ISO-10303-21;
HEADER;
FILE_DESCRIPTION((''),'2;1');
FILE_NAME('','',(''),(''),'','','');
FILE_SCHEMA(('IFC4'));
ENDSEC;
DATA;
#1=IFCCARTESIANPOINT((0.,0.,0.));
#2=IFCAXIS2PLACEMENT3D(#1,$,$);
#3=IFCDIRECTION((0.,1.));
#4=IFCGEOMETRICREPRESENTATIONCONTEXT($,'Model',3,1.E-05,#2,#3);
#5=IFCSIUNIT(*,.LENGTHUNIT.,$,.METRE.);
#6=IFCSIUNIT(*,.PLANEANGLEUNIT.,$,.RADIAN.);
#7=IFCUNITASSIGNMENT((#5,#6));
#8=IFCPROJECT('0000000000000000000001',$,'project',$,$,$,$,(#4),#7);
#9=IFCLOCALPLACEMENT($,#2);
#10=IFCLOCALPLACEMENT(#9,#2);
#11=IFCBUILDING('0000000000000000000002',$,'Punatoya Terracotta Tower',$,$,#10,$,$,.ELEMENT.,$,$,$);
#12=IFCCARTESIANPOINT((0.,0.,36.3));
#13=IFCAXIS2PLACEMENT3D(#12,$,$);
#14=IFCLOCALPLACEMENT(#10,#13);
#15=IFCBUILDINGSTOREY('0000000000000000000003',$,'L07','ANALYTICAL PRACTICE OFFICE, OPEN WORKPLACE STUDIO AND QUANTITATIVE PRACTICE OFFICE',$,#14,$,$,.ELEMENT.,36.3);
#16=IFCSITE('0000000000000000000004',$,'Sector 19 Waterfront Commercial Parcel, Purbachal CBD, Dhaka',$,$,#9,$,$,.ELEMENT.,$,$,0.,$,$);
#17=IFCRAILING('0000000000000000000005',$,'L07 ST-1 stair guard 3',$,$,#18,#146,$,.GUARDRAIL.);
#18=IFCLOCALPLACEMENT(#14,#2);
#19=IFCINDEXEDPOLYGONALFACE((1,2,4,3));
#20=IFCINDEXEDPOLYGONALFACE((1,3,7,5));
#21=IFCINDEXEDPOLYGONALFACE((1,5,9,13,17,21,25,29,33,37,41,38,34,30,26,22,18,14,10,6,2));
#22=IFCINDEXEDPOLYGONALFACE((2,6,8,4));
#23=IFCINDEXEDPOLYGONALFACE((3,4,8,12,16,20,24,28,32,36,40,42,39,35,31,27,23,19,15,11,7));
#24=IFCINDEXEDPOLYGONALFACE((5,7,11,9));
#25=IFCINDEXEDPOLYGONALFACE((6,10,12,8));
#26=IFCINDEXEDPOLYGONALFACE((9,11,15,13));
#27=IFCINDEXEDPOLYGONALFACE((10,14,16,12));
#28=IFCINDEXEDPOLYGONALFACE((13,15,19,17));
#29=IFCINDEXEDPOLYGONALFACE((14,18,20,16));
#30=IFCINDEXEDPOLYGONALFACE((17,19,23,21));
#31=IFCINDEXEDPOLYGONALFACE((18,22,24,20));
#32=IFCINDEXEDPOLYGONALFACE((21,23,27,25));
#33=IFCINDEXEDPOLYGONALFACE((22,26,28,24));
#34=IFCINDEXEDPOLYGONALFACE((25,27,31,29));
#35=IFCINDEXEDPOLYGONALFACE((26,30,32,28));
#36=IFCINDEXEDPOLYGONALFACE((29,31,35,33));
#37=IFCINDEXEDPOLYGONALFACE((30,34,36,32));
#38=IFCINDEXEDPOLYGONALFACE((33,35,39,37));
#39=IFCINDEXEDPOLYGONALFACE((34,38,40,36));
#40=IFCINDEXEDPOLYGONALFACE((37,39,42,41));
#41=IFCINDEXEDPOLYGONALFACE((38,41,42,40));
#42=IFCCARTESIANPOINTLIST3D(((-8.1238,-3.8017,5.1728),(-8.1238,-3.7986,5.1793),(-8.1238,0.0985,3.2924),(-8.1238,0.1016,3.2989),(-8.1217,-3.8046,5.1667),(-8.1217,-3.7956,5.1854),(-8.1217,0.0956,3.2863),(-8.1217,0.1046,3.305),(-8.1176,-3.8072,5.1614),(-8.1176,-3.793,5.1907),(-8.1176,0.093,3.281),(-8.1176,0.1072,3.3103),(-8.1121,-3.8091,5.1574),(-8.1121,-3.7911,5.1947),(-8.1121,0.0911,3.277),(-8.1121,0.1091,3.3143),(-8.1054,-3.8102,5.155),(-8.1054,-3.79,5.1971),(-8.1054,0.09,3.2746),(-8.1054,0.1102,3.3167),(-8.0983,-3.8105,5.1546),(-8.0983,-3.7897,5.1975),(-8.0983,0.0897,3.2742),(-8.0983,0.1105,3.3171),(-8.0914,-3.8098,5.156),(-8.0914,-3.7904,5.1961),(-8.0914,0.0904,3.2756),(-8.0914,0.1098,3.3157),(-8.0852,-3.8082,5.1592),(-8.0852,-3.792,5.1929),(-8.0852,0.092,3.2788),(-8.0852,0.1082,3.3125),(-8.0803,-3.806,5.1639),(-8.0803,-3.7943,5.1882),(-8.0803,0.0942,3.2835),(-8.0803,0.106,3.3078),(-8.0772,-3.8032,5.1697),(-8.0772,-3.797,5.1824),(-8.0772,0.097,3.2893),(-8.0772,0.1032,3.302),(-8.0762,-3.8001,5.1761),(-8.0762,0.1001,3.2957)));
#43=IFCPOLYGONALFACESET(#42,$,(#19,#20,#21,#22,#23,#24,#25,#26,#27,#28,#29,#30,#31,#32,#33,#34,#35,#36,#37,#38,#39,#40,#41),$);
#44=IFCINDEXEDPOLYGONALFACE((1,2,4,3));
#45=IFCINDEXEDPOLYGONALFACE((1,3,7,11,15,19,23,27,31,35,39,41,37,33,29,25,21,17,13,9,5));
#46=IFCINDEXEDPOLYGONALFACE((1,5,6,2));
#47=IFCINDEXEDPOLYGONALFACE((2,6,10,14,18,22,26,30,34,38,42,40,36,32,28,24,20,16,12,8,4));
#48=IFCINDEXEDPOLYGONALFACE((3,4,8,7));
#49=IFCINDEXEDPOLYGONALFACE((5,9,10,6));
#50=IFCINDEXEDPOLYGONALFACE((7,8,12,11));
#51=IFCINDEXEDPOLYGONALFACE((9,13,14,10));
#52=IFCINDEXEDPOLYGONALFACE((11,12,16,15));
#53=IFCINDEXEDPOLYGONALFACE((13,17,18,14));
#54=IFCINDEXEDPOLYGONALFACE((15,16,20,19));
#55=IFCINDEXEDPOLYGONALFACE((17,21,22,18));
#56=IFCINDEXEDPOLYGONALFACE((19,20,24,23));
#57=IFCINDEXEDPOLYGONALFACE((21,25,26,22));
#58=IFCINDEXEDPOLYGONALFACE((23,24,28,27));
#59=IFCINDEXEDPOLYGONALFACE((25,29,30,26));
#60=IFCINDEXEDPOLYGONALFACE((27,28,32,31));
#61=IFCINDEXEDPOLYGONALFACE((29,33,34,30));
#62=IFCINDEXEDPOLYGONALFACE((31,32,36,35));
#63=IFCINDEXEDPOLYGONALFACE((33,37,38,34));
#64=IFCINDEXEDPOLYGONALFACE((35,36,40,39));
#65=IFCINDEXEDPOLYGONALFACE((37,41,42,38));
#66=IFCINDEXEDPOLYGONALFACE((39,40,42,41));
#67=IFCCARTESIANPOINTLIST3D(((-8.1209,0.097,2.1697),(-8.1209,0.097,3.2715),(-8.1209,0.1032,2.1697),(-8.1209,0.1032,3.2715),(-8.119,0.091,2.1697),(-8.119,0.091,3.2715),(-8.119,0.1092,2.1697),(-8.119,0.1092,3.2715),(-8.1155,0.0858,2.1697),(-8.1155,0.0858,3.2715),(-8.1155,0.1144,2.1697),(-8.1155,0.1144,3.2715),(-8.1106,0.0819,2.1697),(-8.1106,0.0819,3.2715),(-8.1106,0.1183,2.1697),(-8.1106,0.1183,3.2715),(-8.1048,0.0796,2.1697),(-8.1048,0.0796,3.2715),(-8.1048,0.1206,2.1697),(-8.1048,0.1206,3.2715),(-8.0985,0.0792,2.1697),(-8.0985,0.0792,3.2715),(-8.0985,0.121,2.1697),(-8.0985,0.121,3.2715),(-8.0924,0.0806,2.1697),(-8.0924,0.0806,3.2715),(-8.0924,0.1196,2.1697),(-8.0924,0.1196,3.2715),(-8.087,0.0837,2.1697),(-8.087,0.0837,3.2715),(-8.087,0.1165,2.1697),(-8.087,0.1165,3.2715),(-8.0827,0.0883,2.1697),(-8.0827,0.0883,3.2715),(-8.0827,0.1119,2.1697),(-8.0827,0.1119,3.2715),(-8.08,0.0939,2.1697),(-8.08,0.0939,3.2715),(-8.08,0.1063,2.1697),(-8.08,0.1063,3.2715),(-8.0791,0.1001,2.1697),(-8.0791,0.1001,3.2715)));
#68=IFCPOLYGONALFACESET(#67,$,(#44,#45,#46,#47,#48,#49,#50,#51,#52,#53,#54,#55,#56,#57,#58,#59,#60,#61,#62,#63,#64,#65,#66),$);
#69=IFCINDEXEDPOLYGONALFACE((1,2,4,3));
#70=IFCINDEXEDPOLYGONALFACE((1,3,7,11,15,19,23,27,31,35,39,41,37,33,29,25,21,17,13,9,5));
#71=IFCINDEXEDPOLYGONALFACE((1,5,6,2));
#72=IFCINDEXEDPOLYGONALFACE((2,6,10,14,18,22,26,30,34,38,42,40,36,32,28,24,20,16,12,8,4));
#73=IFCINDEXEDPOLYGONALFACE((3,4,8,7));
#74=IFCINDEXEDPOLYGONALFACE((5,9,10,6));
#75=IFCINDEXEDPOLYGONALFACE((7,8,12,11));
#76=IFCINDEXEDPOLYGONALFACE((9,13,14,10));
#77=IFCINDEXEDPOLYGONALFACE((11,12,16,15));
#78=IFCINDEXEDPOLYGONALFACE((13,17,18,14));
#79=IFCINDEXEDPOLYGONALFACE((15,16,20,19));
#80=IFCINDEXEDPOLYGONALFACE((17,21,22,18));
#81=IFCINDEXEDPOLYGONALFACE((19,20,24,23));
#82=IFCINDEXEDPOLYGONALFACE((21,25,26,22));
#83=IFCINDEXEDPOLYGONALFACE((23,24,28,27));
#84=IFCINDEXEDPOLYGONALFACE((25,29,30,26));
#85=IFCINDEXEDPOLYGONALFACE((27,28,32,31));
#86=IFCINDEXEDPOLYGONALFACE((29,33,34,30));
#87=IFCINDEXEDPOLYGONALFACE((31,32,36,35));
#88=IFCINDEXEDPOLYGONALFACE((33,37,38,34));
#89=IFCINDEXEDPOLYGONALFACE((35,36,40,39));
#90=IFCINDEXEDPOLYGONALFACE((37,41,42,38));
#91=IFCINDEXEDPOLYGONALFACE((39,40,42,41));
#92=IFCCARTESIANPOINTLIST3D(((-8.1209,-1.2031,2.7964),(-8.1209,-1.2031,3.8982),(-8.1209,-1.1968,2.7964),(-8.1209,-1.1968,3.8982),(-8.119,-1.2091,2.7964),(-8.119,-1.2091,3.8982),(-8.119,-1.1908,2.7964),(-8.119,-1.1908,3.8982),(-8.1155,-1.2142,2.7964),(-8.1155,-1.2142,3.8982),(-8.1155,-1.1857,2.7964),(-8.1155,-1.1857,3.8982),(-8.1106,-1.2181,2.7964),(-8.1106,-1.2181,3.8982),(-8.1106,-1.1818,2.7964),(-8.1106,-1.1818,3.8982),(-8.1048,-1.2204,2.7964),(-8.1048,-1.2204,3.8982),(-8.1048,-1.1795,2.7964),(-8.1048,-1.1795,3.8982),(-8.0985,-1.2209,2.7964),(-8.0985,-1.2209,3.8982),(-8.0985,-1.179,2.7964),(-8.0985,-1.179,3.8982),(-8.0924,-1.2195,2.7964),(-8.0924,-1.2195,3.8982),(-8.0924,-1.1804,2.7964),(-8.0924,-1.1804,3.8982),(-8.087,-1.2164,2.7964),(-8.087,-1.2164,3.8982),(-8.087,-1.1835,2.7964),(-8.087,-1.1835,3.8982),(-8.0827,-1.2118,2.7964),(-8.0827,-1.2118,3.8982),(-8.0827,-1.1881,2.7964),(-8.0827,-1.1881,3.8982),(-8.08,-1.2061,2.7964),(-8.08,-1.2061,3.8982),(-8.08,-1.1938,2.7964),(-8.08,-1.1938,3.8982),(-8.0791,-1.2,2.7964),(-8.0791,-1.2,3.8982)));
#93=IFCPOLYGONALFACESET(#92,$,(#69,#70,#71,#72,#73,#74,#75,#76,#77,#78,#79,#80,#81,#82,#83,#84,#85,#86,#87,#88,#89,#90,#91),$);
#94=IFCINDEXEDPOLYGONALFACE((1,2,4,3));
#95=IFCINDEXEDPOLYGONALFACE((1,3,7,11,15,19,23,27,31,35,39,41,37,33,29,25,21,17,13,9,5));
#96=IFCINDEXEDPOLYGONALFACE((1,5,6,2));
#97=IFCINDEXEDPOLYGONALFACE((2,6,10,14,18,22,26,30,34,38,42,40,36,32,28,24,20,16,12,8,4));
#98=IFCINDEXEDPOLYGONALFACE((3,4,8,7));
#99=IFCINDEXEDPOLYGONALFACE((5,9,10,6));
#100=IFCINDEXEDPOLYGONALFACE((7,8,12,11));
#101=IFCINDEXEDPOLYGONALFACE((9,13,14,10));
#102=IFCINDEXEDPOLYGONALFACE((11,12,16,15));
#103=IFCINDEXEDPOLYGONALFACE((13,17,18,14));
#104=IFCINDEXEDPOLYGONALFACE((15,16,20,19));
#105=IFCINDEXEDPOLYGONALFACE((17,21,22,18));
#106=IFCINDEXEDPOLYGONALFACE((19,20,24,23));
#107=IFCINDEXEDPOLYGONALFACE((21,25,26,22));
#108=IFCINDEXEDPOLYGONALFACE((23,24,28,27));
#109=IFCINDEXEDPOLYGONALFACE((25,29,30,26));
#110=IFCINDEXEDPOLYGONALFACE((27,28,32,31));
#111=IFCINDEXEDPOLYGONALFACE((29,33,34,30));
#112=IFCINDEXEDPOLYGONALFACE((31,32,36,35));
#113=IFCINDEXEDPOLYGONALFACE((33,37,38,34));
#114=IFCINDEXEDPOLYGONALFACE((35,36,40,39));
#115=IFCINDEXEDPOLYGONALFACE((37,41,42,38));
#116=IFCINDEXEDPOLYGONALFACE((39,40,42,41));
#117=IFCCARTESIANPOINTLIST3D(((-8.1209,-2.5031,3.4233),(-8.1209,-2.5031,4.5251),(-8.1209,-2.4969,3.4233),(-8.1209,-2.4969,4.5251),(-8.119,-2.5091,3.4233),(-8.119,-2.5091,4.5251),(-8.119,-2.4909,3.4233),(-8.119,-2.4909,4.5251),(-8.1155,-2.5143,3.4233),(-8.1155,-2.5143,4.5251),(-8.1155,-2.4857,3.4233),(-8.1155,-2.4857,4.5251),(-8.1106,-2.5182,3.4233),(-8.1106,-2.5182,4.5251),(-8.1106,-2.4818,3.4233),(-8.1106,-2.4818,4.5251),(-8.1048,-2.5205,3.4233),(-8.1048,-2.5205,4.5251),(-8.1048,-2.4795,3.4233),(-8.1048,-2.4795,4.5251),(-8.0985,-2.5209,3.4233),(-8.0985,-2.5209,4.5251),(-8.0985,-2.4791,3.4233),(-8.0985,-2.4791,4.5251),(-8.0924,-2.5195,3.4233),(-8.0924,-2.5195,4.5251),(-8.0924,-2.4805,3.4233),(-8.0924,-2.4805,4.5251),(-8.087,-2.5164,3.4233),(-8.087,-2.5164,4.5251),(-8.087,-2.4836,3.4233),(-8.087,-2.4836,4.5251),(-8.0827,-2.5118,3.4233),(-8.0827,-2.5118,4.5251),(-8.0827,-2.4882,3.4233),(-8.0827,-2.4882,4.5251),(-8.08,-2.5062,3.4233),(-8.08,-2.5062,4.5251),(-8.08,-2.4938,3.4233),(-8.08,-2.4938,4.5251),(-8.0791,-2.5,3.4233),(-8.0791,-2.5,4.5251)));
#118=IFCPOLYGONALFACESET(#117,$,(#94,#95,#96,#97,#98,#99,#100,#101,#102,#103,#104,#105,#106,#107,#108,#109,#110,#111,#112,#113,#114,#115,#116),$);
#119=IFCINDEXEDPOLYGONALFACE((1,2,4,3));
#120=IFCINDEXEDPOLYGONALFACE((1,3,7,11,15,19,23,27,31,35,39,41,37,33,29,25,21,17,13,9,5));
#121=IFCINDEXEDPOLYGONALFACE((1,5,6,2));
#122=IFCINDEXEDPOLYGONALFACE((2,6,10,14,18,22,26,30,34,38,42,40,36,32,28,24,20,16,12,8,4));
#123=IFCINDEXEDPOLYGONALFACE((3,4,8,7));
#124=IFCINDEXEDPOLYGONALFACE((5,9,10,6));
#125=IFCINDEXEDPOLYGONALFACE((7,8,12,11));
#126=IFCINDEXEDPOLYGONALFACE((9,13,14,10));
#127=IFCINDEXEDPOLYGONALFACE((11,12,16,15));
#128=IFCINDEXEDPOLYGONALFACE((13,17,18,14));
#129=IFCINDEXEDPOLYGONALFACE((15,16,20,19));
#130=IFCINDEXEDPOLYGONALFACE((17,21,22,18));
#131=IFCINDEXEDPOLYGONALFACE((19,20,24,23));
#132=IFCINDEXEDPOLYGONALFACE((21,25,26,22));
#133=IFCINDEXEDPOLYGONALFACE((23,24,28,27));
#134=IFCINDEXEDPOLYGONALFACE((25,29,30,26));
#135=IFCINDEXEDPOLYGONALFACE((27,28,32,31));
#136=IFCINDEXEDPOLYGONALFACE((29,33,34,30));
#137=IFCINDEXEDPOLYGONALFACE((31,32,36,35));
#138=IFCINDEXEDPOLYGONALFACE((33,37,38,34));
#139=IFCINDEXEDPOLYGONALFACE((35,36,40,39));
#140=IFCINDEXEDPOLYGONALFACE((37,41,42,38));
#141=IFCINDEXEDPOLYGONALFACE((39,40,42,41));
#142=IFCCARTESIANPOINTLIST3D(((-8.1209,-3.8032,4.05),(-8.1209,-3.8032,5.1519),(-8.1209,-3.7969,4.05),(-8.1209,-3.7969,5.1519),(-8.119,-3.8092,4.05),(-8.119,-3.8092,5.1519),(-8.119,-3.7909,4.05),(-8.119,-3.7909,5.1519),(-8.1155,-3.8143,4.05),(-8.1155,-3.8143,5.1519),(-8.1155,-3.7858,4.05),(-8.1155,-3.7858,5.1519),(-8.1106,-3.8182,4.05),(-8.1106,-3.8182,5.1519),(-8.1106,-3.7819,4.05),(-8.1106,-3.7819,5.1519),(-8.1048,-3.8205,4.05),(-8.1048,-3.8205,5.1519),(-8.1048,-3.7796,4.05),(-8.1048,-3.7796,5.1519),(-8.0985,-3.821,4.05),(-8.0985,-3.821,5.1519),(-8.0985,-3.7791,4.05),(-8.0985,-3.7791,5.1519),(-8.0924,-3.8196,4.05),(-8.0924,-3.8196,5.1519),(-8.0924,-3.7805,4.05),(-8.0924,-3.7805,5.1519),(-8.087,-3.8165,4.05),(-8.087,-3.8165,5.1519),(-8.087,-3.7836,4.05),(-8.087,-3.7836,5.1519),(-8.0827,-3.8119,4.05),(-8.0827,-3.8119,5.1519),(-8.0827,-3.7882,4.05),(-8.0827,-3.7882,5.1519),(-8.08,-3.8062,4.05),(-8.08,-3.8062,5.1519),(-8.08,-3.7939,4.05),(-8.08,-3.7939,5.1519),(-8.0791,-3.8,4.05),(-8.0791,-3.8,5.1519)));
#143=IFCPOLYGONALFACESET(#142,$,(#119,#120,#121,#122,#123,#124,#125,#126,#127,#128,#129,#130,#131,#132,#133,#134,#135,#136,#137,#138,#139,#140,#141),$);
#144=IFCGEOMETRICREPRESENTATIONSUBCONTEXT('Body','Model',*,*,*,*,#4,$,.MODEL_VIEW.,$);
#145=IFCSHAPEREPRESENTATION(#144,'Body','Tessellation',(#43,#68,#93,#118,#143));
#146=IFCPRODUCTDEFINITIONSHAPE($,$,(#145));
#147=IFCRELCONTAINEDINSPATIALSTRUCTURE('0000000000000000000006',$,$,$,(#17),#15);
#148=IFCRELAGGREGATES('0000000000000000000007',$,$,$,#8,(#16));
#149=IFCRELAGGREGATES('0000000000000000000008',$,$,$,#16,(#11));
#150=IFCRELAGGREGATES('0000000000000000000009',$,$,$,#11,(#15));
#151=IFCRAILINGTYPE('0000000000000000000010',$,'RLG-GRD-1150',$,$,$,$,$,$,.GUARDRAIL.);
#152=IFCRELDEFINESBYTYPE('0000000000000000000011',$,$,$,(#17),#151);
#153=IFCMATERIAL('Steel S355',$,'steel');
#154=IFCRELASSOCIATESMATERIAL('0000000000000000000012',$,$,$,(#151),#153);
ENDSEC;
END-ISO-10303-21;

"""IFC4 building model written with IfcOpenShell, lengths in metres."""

from ifc_helpers import new_model, si_unit, direction, frame, origin, origin_2d, place, context, subcontext, project, spatial, circle, extrude, material, type_object, element, save


model = new_model("IFC4")

# Units and contexts
model_context = context("Model", 3, precision=1e-05, world=origin(), true_north=direction((0.0, 1.0)))
body_context = subcontext(model_context, "Body", "Model", "MODEL_VIEW")
ifc_project = project(units=[si_unit("LENGTHUNIT", "METRE"), si_unit("PLANEANGLEUNIT", "RADIAN")], contexts=[model_context])

# Site, building, storey
site_placement = place(None, origin())
site = spatial("IfcSite", under=ifc_project, at=site_placement, Name="Sector 19 Waterfront Commercial Parcel, Purbachal CBD, Dhaka", CompositionType="ELEMENT", RefElevation=0.0)
building_placement = place(site_placement, origin())
building = spatial("IfcBuilding", under=site, at=building_placement, Name="Punatoya Terracotta Tower", CompositionType="ELEMENT")
storey_placement = place(building_placement, frame((0.0, 0.0, 36.3)))
storey = spatial("IfcBuildingStorey", under=building, at=storey_placement, Name="L07", Description="ANALYTICAL PRACTICE OFFICE, OPEN WORKPLACE STUDIO AND QUANTITATIVE PRACTICE OFFICE", CompositionType="ELEMENT", Elevation=36.3)

# Shared definitions
ifc_material_1 = material(Name="Steel S355", Category="steel")

# Railing
railing_type_1 = type_object("IfcRailingType", Name="RLG-GRD-1150", PredefinedType="GUARDRAIL", material=ifc_material_1)
railing_1_placement = place(storey_placement, frame((-8.1001, 0.1001, 2.1697)))
element("IfcRailing", 1, at=railing_1_placement, inside=storey, type_object=railing_type_1, Name="L07 ST-1 stair guard 3", PredefinedType="GUARDRAIL", context=body_context, shape_type="SweptSolid", body=[
    extrude(circle(Radius=0.0239, at=origin_2d()), frame((0.0, 0.0, 1.126), z_axis=(0.0, -0.900774, 0.434289), x_axis=(1.0, 0.0, 0.0)), (0.0, 0.0, 1.0), 4.3298),
    extrude(circle(Radius=0.021, at=origin_2d()), origin(), (0.0, 0.0, 1.0), 1.1018),
    extrude(circle(Radius=0.021, at=origin_2d()), frame((0.0, -1.3, 0.6267)), (0.0, 0.0, 1.0), 1.1018),
    extrude(circle(Radius=0.021, at=origin_2d()), frame((0.0, -2.6001, 1.2537)), (0.0, 0.0, 1.0), 1.1018),
    extrude(circle(Radius=0.021, at=origin_2d()), frame((0.0, -3.9001, 1.8804)), (0.0, 0.0, 1.0), 1.1018),
])

save(model, "model.ifc")
